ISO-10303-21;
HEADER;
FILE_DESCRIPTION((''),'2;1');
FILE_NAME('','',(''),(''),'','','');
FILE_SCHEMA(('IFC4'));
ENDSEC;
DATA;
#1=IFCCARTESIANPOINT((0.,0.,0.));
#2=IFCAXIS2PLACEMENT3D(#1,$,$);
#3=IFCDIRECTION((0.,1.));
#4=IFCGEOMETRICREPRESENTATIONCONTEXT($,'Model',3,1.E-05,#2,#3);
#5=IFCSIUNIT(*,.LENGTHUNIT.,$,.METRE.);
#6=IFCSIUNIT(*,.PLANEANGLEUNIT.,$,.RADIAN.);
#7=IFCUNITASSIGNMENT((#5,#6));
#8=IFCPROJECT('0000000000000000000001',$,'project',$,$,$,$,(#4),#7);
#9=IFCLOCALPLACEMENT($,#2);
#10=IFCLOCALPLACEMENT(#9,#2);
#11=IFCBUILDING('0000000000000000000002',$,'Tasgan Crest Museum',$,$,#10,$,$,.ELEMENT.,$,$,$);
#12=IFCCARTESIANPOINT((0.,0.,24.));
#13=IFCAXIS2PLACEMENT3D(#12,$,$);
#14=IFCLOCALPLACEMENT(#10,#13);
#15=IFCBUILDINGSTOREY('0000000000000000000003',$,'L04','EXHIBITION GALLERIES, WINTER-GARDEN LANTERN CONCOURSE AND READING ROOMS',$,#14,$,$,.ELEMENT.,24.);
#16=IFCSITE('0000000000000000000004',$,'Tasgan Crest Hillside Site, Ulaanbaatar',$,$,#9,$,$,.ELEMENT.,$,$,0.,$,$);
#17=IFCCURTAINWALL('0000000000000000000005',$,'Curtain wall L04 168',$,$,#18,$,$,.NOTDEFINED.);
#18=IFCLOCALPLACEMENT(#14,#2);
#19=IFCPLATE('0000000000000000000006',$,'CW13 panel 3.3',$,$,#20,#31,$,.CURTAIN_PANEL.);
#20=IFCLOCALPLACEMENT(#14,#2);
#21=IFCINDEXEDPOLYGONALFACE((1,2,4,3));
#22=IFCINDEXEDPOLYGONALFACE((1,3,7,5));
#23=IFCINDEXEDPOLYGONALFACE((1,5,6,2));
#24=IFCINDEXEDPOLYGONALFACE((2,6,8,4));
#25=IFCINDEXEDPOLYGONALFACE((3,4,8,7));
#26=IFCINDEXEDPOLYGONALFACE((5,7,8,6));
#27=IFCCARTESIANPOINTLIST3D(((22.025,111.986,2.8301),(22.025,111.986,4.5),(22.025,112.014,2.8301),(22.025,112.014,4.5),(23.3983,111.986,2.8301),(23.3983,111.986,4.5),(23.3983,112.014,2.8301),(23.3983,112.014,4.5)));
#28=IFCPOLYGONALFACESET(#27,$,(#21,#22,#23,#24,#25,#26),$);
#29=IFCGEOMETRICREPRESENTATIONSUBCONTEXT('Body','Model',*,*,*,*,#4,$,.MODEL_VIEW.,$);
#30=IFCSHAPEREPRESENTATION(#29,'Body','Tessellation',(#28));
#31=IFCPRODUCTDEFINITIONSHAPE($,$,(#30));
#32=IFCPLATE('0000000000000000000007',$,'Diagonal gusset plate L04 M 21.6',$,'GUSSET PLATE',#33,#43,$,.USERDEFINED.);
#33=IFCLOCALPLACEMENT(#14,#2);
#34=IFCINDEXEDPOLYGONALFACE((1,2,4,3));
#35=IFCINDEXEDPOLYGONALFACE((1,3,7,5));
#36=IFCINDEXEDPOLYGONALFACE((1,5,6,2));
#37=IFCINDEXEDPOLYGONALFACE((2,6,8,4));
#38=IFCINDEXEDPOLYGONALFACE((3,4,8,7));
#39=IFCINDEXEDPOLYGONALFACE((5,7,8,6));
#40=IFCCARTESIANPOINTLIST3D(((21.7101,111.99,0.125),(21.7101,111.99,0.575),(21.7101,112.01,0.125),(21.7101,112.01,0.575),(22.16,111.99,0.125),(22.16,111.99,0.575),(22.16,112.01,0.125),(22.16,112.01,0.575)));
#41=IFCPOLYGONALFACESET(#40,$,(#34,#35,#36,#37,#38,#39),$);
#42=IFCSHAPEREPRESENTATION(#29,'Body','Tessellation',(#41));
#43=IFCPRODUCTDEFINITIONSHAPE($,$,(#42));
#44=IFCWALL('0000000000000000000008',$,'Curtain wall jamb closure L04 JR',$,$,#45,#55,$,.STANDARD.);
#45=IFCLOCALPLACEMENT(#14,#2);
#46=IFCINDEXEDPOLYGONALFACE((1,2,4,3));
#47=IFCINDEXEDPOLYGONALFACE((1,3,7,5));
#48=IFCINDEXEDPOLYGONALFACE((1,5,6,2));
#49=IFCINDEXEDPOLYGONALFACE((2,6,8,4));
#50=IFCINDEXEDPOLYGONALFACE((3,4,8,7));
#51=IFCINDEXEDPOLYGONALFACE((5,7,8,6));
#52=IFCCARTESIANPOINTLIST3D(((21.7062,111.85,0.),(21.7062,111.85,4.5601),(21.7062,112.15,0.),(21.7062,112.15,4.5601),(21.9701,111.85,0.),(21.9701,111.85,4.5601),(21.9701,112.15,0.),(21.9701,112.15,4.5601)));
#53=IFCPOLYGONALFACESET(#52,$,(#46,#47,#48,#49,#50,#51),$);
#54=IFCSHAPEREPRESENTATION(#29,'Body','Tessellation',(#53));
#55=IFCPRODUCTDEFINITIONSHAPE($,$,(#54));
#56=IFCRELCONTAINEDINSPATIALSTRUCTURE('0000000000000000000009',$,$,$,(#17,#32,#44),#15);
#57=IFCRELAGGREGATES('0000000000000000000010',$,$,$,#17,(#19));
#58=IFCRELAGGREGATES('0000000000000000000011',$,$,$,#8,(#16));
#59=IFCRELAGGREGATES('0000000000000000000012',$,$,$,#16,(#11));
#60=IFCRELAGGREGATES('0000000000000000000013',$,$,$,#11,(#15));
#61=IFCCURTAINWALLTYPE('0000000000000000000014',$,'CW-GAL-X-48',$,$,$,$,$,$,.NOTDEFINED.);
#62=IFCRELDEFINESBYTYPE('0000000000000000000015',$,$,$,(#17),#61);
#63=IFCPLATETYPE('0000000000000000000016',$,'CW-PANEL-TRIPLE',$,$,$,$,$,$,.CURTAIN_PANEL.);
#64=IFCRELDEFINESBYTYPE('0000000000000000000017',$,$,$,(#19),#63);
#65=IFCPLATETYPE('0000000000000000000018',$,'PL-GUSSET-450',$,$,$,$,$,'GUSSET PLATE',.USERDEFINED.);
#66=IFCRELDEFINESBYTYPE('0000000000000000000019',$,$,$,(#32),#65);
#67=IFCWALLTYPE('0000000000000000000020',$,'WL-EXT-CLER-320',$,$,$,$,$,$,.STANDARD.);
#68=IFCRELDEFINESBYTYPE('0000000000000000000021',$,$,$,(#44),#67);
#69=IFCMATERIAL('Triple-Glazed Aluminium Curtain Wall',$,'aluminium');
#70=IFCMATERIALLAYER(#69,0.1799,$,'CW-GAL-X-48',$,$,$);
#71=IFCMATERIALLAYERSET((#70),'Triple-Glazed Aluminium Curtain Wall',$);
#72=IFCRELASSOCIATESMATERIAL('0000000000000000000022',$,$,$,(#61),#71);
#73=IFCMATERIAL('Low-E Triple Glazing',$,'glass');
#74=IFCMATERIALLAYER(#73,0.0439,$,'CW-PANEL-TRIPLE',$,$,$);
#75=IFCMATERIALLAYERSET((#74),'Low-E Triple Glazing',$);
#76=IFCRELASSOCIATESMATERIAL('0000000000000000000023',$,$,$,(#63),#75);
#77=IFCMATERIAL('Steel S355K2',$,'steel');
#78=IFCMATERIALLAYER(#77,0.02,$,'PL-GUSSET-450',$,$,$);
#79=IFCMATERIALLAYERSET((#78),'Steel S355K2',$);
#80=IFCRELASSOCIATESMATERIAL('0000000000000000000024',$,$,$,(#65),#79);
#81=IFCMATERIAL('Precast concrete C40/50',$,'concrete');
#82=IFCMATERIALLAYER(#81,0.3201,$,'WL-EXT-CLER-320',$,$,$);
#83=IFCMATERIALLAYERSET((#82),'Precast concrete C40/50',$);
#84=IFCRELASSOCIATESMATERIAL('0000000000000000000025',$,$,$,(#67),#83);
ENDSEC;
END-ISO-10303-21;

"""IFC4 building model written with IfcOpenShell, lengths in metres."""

from ifc_helpers import new_model, si_unit, direction, frame, frame_2d, origin, origin_2d, place, context, subcontext, project, spatial, rectangle, extrude, material, layer, layer_set, type_object, element, aggregate, save


model = new_model("IFC4")

# Units and contexts
model_context = context("Model", 3, precision=1e-05, world=origin(), true_north=direction((0.0, 1.0)))
body_context = subcontext(model_context, "Body", "Model", "MODEL_VIEW")
ifc_project = project(units=[si_unit("LENGTHUNIT", "METRE"), si_unit("PLANEANGLEUNIT", "RADIAN")], contexts=[model_context])

# Site, building, storey
site_placement = place(None, origin())
site = spatial("IfcSite", under=ifc_project, at=site_placement, Name="Tasgan Crest Hillside Site, Ulaanbaatar", CompositionType="ELEMENT", RefElevation=0.0)
building_placement = place(site_placement, origin())
building = spatial("IfcBuilding", under=site, at=building_placement, Name="Tasgan Crest Museum", CompositionType="ELEMENT")
storey_placement = place(building_placement, frame((0.0, 0.0, 24.0)))
storey = spatial("IfcBuildingStorey", under=building, at=storey_placement, Name="L04", Description="EXHIBITION GALLERIES, WINTER-GARDEN LANTERN CONCOURSE AND READING ROOMS", CompositionType="ELEMENT", Elevation=24.0)

# Curtain wall
ifc_material_1 = material(Name="Triple-Glazed Aluminium Curtain Wall", Category="aluminium")
ifc_layer_1 = layer(ifc_material_1, 0.1799, Name="CW-GAL-X-48")
ifc_layer_set_1 = layer_set([ifc_layer_1], Name="Triple-Glazed Aluminium Curtain Wall")
curtain_wall_type = type_object("IfcCurtainWallType", Name="CW-GAL-X-48", PredefinedType="NOTDEFINED", material=ifc_layer_set_1)
curtain_wall_placement = place(storey_placement, origin())
curtain_wall = element("IfcCurtainWall", 1, at=curtain_wall_placement, inside=storey, type_object=curtain_wall_type, Name="Curtain wall L04 168", PredefinedType="NOTDEFINED")

# Plates
ifc_material_2 = material(Name="Low-E Triple Glazing", Category="glass")
ifc_layer_2 = layer(ifc_material_2, 0.0439, Name="CW-PANEL-TRIPLE")
ifc_layer_set_2 = layer_set([ifc_layer_2], Name="Low-E Triple Glazing")
plate_type_1 = type_object("IfcPlateType", Name="CW-PANEL-TRIPLE", PredefinedType="CURTAIN_PANEL", material=ifc_layer_set_2)
plate_1_placement = place(storey_placement, frame((22.7117, 112.0, 2.8301), z_axis=(0.0, 0.0, 1.0), x_axis=(-1.0, 0.0, 0.0)))
plate_1 = element("IfcPlate", 2, at=plate_1_placement, type_object=plate_type_1, Name="CW13 panel 3.3", PredefinedType="CURTAIN_PANEL", context=body_context, shape_type="SweptSolid", body=[
    extrude(rectangle(XDim=1.3733, YDim=0.0281, at=origin_2d()), origin(), (0.0, 0.0, 1.0), 1.6699),
])
aggregate(curtain_wall, [plate_1])
ifc_material_3 = material(Name="Steel S355K2", Category="steel")
ifc_layer_3 = layer(ifc_material_3, 0.02, Name="PL-GUSSET-450")
ifc_layer_set_3 = layer_set([ifc_layer_3], Name="Steel S355K2")
plate_type_2 = type_object("IfcPlateType", Name="PL-GUSSET-450", ElementType="GUSSET PLATE", PredefinedType="USERDEFINED", material=ifc_layer_set_3)
plate_2_placement = place(storey_placement, frame((21.9351, 112.0, 0.125), z_axis=(0.0, 0.0, 1.0), x_axis=(1.0, 0.0, 0.0)))
element("IfcPlate", 3, at=plate_2_placement, inside=storey, type_object=plate_type_2, Name="Diagonal gusset plate L04 M 21.6", ObjectType="GUSSET PLATE", PredefinedType="USERDEFINED", context=body_context, shape_type="SweptSolid", body=[
    extrude(rectangle(XDim=0.45, YDim=0.02, at=origin_2d()), origin(), (0.0, 0.0, 1.0), 0.45),
])

# Wall
ifc_material_4 = material(Name="Precast concrete C40/50", Category="concrete")
ifc_layer_4 = layer(ifc_material_4, 0.3201, Name="WL-EXT-CLER-320")
ifc_layer_set_4 = layer_set([ifc_layer_4], Name="Precast concrete C40/50")
wall_type = type_object("IfcWallType", Name="WL-EXT-CLER-320", PredefinedType="STANDARD", material=ifc_layer_set_4)
wall_placement = place(storey_placement, frame((21.97, 112.0, 0.0), z_axis=(0.0, 0.0, 1.0), x_axis=(-1.0, 0.0, 0.0)))
element("IfcWall", 4, at=wall_placement, inside=storey, type_object=wall_type, Name="Curtain wall jamb closure L04 JR", PredefinedType="STANDARD", context=body_context, shape_type="SweptSolid", body=[
    extrude(rectangle(XDim=0.2639, YDim=0.3, at=frame_2d((0.1318, 0.0))), origin(), (0.0, 0.0, 1.0), 4.5601),
])

save(model, "model.ifc")
